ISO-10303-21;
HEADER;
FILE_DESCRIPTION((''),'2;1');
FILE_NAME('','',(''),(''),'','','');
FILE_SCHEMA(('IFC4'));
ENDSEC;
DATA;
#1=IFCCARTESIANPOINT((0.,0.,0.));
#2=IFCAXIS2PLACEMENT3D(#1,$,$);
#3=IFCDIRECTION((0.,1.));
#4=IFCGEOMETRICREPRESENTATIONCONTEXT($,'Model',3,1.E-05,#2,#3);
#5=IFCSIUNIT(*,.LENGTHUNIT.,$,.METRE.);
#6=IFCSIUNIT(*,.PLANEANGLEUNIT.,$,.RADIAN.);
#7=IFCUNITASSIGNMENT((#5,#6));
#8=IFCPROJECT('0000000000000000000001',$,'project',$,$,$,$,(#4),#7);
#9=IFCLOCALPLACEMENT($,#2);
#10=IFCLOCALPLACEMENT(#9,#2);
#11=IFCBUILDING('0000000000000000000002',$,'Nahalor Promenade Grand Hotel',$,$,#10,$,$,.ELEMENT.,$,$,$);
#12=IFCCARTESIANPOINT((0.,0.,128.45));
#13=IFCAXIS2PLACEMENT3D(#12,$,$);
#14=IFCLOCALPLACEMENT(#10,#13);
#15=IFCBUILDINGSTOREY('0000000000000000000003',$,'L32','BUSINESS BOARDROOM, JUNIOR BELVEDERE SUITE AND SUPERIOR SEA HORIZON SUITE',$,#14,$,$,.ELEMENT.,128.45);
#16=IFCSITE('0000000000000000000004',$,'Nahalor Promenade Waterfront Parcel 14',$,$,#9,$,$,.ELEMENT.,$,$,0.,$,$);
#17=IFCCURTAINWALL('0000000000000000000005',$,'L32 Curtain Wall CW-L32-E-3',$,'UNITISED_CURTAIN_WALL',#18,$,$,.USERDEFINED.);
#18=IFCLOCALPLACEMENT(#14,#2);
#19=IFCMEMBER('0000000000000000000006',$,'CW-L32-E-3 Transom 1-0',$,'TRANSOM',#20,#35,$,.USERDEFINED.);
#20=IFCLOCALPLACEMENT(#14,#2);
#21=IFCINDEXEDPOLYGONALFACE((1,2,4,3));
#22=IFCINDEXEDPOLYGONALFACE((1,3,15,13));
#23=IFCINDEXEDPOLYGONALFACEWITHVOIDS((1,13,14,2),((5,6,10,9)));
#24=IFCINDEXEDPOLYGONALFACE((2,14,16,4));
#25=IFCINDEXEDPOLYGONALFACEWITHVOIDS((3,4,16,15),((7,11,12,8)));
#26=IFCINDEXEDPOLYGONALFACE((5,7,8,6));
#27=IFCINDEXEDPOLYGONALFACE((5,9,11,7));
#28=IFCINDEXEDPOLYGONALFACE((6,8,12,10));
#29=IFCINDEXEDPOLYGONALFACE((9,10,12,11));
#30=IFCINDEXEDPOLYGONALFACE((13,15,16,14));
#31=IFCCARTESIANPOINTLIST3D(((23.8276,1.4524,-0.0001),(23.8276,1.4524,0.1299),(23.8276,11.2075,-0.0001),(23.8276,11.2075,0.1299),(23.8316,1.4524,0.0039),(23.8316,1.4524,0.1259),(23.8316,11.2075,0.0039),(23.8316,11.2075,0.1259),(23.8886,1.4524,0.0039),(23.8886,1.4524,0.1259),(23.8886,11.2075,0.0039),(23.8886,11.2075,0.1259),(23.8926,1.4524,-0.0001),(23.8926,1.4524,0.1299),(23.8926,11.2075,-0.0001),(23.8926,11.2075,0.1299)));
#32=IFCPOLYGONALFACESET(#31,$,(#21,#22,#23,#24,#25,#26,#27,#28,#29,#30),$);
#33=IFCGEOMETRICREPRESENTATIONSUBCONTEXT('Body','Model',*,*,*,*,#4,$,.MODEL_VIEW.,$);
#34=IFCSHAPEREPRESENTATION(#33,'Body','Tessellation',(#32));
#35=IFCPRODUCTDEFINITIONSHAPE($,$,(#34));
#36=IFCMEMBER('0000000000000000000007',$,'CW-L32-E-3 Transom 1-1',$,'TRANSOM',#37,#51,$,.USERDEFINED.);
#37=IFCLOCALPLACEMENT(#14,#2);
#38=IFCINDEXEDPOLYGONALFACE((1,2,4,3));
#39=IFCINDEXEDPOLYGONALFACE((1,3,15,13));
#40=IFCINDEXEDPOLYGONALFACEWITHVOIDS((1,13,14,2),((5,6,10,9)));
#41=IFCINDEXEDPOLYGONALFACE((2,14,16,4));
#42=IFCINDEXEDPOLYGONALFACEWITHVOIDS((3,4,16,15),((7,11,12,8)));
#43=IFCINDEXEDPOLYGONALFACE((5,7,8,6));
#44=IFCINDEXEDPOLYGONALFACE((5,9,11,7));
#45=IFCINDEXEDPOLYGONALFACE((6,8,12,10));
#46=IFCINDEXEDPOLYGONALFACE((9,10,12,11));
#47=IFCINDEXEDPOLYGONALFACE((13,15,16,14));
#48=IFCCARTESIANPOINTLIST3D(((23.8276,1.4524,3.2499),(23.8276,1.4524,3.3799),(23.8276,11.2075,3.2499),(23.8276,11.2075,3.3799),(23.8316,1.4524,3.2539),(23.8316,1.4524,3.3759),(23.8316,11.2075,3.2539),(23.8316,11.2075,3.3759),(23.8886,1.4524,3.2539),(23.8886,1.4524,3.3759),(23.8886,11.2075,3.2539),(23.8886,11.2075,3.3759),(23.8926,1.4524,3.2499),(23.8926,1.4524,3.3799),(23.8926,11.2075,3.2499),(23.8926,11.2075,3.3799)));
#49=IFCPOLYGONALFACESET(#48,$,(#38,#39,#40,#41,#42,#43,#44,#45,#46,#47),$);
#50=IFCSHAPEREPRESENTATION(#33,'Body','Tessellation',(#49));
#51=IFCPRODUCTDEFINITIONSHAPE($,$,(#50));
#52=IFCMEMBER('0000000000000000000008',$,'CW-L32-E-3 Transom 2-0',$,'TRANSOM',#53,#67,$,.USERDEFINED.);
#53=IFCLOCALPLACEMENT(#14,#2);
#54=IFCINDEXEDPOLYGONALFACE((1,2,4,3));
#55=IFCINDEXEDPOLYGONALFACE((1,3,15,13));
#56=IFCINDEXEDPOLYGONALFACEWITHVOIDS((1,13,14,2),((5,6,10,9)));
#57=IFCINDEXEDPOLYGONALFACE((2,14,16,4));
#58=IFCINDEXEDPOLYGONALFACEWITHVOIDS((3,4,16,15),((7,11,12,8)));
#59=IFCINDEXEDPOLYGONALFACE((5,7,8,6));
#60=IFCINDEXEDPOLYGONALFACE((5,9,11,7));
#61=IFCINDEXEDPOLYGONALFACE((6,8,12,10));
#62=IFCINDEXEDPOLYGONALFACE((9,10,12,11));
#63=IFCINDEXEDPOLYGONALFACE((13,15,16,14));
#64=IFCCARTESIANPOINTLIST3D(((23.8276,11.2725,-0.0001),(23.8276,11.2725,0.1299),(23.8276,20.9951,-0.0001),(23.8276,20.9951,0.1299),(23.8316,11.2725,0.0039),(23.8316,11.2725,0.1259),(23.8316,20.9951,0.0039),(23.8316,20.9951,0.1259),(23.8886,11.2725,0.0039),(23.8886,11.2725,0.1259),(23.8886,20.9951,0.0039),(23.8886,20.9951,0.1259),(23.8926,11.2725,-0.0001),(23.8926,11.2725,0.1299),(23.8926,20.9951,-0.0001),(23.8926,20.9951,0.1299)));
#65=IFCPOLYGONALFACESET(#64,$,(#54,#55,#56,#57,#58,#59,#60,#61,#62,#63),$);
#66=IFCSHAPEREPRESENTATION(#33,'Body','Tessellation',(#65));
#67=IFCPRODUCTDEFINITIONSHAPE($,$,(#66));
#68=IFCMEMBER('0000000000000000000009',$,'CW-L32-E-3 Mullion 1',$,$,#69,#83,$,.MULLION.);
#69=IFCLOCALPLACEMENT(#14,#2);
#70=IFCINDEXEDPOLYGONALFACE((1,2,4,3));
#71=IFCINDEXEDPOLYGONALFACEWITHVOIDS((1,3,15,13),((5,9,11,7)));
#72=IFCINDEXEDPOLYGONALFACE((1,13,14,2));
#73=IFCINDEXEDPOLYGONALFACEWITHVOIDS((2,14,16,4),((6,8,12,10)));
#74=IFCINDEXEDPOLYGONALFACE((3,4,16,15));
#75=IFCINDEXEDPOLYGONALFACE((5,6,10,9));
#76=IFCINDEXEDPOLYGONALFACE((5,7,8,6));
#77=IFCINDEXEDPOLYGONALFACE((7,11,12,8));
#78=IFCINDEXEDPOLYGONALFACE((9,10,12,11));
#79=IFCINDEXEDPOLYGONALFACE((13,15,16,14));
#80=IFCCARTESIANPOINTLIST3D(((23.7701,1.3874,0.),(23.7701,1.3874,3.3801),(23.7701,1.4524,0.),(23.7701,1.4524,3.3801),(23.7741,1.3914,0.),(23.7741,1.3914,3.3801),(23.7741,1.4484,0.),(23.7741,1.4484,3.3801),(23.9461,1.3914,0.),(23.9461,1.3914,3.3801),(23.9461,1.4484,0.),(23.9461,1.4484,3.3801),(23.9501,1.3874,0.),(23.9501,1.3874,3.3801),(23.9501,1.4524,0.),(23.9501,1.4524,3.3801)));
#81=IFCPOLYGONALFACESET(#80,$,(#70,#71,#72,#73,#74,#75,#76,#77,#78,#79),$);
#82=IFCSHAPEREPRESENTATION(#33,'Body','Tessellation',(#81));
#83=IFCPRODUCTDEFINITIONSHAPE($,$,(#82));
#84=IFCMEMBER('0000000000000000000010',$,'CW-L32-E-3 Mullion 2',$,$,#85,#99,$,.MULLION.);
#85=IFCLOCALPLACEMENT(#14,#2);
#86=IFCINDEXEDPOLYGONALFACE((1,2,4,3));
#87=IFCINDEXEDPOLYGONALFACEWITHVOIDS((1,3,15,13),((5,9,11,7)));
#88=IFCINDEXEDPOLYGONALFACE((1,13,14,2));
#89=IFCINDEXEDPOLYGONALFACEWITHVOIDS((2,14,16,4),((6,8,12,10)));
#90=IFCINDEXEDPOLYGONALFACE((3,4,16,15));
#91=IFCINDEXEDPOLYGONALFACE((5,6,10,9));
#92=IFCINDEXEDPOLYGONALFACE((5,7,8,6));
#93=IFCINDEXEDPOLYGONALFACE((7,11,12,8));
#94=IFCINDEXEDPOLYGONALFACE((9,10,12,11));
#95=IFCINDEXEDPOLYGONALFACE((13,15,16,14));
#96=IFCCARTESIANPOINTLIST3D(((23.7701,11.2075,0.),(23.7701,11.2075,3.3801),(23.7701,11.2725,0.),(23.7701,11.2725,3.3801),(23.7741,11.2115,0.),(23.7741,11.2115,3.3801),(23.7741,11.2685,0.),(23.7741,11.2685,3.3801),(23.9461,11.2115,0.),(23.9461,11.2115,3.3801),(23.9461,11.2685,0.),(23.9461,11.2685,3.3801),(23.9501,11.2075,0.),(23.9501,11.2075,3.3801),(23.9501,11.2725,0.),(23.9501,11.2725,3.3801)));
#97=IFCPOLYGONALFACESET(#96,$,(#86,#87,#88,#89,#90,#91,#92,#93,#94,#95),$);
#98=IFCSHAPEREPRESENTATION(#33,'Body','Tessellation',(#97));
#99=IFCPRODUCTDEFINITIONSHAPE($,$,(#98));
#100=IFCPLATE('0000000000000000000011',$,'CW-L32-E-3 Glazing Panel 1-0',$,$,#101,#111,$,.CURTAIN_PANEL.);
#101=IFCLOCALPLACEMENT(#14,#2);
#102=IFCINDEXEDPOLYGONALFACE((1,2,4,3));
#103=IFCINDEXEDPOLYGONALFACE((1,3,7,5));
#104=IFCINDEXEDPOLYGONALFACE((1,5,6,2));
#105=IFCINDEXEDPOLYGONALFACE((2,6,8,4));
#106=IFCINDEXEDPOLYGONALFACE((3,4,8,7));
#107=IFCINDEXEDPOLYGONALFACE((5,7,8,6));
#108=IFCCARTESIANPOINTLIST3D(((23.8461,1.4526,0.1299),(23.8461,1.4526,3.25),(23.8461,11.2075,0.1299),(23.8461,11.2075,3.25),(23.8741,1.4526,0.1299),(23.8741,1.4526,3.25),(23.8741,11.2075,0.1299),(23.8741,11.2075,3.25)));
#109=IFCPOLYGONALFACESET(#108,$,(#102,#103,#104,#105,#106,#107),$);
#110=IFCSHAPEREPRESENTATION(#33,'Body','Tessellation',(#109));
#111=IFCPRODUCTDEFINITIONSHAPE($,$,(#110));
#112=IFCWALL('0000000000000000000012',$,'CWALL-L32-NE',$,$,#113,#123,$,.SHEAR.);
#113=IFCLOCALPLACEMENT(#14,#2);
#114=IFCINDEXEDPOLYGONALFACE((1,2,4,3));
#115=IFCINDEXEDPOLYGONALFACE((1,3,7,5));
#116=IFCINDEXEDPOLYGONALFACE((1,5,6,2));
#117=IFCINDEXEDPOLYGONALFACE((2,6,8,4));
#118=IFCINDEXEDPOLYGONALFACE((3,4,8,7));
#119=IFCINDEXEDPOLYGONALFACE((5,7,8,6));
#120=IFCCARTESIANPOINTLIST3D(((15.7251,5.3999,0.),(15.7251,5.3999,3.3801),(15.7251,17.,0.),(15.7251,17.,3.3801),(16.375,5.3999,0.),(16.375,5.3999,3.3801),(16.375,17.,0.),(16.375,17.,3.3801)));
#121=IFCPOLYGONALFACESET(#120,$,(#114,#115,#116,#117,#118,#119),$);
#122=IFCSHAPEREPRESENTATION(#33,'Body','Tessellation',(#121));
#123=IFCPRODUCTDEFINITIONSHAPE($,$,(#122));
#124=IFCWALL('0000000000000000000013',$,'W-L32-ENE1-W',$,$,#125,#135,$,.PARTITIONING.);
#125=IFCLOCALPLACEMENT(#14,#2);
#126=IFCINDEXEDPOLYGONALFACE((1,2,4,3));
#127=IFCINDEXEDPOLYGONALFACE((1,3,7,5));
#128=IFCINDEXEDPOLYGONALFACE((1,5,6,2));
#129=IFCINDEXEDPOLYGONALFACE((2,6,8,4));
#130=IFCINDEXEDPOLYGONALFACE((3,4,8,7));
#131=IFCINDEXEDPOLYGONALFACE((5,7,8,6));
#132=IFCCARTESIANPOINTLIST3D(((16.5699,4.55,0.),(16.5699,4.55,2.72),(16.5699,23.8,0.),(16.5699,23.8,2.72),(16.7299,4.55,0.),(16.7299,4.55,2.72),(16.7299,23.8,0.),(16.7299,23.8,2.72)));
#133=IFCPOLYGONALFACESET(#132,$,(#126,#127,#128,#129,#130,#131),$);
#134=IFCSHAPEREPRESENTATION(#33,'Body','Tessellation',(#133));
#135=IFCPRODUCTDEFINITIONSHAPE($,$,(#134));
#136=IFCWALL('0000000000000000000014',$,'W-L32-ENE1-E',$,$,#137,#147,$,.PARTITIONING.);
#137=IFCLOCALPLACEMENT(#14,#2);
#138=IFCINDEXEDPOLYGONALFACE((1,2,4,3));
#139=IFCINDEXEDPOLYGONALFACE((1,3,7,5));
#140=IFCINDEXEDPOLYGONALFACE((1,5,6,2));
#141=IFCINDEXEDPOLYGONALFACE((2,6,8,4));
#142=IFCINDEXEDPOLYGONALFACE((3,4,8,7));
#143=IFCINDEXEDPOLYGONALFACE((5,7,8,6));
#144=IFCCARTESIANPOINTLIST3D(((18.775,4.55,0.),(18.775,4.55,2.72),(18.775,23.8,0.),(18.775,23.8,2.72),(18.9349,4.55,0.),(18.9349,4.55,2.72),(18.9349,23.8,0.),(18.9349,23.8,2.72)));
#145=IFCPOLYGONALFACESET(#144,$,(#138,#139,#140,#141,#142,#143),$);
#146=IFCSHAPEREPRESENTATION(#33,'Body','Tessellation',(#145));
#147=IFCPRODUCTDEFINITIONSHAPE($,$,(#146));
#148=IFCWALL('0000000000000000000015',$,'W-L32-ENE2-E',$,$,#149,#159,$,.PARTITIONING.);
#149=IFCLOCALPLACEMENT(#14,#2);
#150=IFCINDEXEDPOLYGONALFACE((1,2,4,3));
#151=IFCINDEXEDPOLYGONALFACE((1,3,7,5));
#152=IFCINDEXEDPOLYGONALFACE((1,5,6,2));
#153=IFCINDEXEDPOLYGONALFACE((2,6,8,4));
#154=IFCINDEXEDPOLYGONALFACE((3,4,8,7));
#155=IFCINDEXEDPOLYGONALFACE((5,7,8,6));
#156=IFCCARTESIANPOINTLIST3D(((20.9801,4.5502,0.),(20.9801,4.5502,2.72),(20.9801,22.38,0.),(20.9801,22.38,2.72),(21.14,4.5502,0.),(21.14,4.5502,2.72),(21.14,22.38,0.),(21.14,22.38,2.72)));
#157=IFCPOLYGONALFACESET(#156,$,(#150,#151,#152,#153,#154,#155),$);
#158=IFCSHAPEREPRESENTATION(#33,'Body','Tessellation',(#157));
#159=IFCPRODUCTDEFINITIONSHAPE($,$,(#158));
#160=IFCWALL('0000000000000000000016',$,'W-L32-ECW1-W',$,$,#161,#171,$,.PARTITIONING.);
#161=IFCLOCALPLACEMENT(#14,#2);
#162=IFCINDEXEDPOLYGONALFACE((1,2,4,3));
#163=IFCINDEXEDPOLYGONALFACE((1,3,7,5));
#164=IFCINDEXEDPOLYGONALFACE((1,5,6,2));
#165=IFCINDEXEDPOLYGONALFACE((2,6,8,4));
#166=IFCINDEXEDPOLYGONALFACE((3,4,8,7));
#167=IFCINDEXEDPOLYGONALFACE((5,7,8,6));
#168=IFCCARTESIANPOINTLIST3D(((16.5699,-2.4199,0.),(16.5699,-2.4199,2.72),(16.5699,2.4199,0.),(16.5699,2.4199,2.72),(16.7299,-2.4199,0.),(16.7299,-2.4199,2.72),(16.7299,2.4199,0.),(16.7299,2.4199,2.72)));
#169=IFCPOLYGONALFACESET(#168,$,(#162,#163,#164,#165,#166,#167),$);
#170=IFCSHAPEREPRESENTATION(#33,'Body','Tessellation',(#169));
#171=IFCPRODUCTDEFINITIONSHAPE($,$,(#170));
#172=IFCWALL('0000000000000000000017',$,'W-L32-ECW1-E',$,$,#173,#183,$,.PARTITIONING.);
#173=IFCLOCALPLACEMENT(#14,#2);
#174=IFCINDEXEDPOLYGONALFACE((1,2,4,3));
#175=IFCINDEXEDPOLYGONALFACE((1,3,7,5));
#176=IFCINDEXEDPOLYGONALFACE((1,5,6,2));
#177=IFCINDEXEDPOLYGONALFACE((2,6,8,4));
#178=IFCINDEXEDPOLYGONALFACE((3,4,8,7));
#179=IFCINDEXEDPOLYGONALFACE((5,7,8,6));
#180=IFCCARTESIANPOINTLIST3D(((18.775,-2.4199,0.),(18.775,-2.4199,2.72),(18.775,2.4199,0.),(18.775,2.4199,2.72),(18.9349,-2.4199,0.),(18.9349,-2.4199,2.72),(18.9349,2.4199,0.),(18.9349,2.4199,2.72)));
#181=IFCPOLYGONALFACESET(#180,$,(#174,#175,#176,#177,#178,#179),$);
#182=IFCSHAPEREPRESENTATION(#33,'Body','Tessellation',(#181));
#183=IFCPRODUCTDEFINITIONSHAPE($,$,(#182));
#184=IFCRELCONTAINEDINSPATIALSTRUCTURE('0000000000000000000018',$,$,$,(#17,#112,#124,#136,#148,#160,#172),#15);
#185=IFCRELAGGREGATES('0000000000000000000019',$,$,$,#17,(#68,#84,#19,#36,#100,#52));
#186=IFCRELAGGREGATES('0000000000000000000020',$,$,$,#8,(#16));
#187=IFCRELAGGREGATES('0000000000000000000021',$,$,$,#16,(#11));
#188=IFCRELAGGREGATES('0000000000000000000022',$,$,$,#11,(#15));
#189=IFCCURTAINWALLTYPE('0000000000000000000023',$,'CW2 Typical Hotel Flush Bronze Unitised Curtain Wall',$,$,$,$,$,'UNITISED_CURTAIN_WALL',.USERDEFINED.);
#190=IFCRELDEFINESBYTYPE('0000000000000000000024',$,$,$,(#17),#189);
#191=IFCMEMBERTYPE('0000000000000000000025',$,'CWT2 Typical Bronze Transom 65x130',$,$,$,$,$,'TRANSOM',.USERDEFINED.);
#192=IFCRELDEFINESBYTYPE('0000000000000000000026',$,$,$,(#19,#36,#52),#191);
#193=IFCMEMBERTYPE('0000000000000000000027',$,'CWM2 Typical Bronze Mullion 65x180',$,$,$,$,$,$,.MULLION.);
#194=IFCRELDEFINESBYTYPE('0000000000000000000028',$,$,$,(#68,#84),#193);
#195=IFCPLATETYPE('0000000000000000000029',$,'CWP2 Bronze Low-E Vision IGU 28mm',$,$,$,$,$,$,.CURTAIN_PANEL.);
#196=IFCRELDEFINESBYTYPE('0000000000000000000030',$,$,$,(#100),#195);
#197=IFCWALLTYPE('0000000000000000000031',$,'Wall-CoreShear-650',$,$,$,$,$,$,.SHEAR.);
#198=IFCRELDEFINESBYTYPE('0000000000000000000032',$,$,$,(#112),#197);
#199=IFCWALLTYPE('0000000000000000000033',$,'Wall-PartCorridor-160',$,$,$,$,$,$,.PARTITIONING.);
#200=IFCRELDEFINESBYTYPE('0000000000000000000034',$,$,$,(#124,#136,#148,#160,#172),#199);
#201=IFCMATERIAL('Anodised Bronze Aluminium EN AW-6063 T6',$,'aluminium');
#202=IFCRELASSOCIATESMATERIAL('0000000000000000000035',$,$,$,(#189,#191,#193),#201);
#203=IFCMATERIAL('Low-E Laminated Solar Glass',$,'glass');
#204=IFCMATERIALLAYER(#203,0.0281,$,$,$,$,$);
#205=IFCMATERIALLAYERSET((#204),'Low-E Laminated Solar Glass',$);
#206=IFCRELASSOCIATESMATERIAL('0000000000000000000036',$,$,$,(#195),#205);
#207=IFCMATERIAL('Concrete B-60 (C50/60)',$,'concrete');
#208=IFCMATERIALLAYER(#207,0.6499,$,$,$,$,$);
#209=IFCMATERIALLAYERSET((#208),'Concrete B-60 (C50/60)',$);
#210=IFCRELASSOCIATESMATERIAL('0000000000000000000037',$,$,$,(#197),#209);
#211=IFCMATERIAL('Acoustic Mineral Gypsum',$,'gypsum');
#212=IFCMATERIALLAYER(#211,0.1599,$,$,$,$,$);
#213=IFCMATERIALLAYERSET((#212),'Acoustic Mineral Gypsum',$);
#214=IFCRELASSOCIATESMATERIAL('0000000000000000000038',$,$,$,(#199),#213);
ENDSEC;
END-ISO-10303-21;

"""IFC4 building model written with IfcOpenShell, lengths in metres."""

from ifc_helpers import new_model, si_unit, direction, frame, frame_2d, origin, origin_2d, place, context, subcontext, project, spatial, rectangle, hollow_rectangle, extrude, source, transform, mapped, material, layer, layer_set, material_profile, profile_set, type_object, element, aggregate, save


model = new_model("IFC4")

# Units and contexts
model_context = context("Model", 3, precision=1e-05, world=origin(), true_north=direction((0.0, 1.0)))
body_context = subcontext(model_context, "Body", "Model", "MODEL_VIEW")
ifc_project = project(units=[si_unit("LENGTHUNIT", "METRE"), si_unit("PLANEANGLEUNIT", "RADIAN")], contexts=[model_context])

# Site, building, storey
site_placement = place(None, origin())
site = spatial("IfcSite", under=ifc_project, at=site_placement, Name="Nahalor Promenade Waterfront Parcel 14", CompositionType="ELEMENT", RefElevation=0.0)
building_placement = place(site_placement, origin())
building = spatial("IfcBuilding", under=site, at=building_placement, Name="Nahalor Promenade Grand Hotel", CompositionType="ELEMENT")
storey_placement = place(building_placement, frame((0.0, 0.0, 128.45)))
storey = spatial("IfcBuildingStorey", under=building, at=storey_placement, Name="L32", Description="BUSINESS BOARDROOM, JUNIOR BELVEDERE SUITE AND SUPERIOR SEA HORIZON SUITE", CompositionType="ELEMENT", Elevation=128.45)

# Curtain wall, members, plate
ifc_material_1 = material(Name="Anodised Bronze Aluminium EN AW-6063 T6", Category="aluminium")
curtain_wall_type = type_object("IfcCurtainWallType", Name="CW2 Typical Hotel Flush Bronze Unitised Curtain Wall", ElementType="UNITISED_CURTAIN_WALL", PredefinedType="USERDEFINED", material=ifc_material_1)
curtain_wall_placement = place(storey_placement, origin())
curtain_wall = element("IfcCurtainWall", 1, at=curtain_wall_placement, inside=storey, type_object=curtain_wall_type, Name="L32 Curtain Wall CW-L32-E-3", ObjectType="UNITISED_CURTAIN_WALL", PredefinedType="USERDEFINED")
ifc_material_profile_1 = material_profile(ifc_material_1, hollow_rectangle(XDim=0.065, YDim=0.13, WallThickness=0.004, at=origin_2d()), Name="CWT 65x130x4")
ifc_profile_set_1 = profile_set([ifc_material_profile_1], Name="Anodised Bronze Aluminium EN AW-6063 T6")
member_type_1 = type_object("IfcMemberType", Name="CWT2 Typical Bronze Transom 65x130", ElementType="TRANSOM", PredefinedType="USERDEFINED", material=ifc_profile_set_1)
shared_shape_1 = source(origin(), body_context, "Body", "SweptSolid", [
    extrude(hollow_rectangle(XDim=0.065, YDim=0.13, WallThickness=0.004, at=origin_2d()), origin(), (0.0, 0.0, 1.0), 9.7551),
])
member_1_placement = place(storey_placement, frame((23.8601, 1.4524, 0.0649), z_axis=(0.0, 1.0, 0.0), x_axis=(-1.0, 0.0, 0.0)))
member_1 = element("IfcMember", 2, at=member_1_placement, type_object=member_type_1, Name="CW-L32-E-3 Transom 1-0", ObjectType="TRANSOM", PredefinedType="USERDEFINED", context=body_context, shape_type="MappedRepresentation", body=[
    mapped(shared_shape_1, transform((0.0, 0.0, 0.0), scale=1.0)),
])
member_2_placement = place(storey_placement, frame((23.8601, 1.4524, 3.3149), z_axis=(0.0, 1.0, 0.0), x_axis=(-1.0, 0.0, 0.0)))
member_2 = element("IfcMember", 3, at=member_2_placement, type_object=member_type_1, Name="CW-L32-E-3 Transom 1-1", ObjectType="TRANSOM", PredefinedType="USERDEFINED", context=body_context, shape_type="MappedRepresentation", body=[
    mapped(shared_shape_1, transform((0.0, 0.0, 0.0), scale=1.0)),
])
shared_shape_2 = source(origin(), body_context, "Body", "SweptSolid", [
    extrude(hollow_rectangle(XDim=0.065, YDim=0.13, WallThickness=0.004, at=origin_2d()), origin(), (0.0, 0.0, 1.0), 9.7227),
])
member_3_placement = place(storey_placement, frame((23.8601, 11.2725, 0.0649), z_axis=(0.0, 1.0, 0.0), x_axis=(-1.0, 0.0, 0.0)))
member_3 = element("IfcMember", 4, at=member_3_placement, type_object=member_type_1, Name="CW-L32-E-3 Transom 2-0", ObjectType="TRANSOM", PredefinedType="USERDEFINED", context=body_context, shape_type="MappedRepresentation", body=[
    mapped(shared_shape_2, transform((0.0, 0.0, 0.0), scale=1.0)),
])
ifc_material_profile_2 = material_profile(ifc_material_1, hollow_rectangle(XDim=0.065, YDim=0.18, WallThickness=0.004, at=origin_2d()), Name="CWM 65x180x4")
ifc_profile_set_2 = profile_set([ifc_material_profile_2], Name="Anodised Bronze Aluminium EN AW-6063 T6")
member_type_2 = type_object("IfcMemberType", Name="CWM2 Typical Bronze Mullion 65x180", PredefinedType="MULLION", material=ifc_profile_set_2)
shared_shape_3 = source(origin(), body_context, "Body", "SweptSolid", [
    extrude(hollow_rectangle(XDim=0.065, YDim=0.18, WallThickness=0.004, at=origin_2d()), origin(), (0.0, 0.0, 1.0), 3.3801),
])
member_4_placement = place(storey_placement, frame((23.8601, 1.4199, 0.0), z_axis=(0.0, 0.0, 1.0), x_axis=(0.0, 1.0, 0.0)))
member_4 = element("IfcMember", 5, at=member_4_placement, type_object=member_type_2, Name="CW-L32-E-3 Mullion 1", PredefinedType="MULLION", context=body_context, shape_type="MappedRepresentation", body=[
    mapped(shared_shape_3, transform((0.0, 0.0, 0.0), scale=1.0)),
])
member_5_placement = place(storey_placement, frame((23.8601, 11.24, 0.0), z_axis=(0.0, 0.0, 1.0), x_axis=(0.0, 1.0, 0.0)))
member_5 = element("IfcMember", 6, at=member_5_placement, type_object=member_type_2, Name="CW-L32-E-3 Mullion 2", PredefinedType="MULLION", context=body_context, shape_type="MappedRepresentation", body=[
    mapped(shared_shape_3, transform((0.0, 0.0, 0.0), scale=1.0)),
])
ifc_material_2 = material(Name="Low-E Laminated Solar Glass", Category="glass")
ifc_layer_1 = layer(ifc_material_2, 0.0281)
ifc_layer_set_1 = layer_set([ifc_layer_1], Name="Low-E Laminated Solar Glass")
plate_type = type_object("IfcPlateType", Name="CWP2 Bronze Low-E Vision IGU 28mm", PredefinedType="CURTAIN_PANEL", material=ifc_layer_set_1)
shared_shape_4 = source(origin(), body_context, "Body", "SweptSolid", [
    extrude(rectangle(XDim=9.7549, YDim=0.0281, at=origin_2d()), origin(), (0.0, 0.0, 1.0), 3.1201),
])
plate_placement = place(storey_placement, frame((23.8601, 6.3301, 0.1299), z_axis=(0.0, 0.0, 1.0), x_axis=(0.0, 1.0, 0.0)))
plate = element("IfcPlate", 7, at=plate_placement, type_object=plate_type, Name="CW-L32-E-3 Glazing Panel 1-0", PredefinedType="CURTAIN_PANEL", context=body_context, shape_type="MappedRepresentation", body=[
    mapped(shared_shape_4, transform((0.0, 0.0, 0.0), scale=1.0)),
])
aggregate(curtain_wall, [member_4, member_5, member_1, member_2, plate, member_3])

# Walls
ifc_material_3 = material(Name="Concrete B-60 (C50/60)", Category="concrete")
ifc_layer_2 = layer(ifc_material_3, 0.6499)
ifc_layer_set_2 = layer_set([ifc_layer_2], Name="Concrete B-60 (C50/60)")
wall_type_1 = type_object("IfcWallType", Name="Wall-CoreShear-650", PredefinedType="SHEAR", material=ifc_layer_set_2)
shared_shape_5 = source(origin(), body_context, "Body", "SweptSolid", [
    extrude(rectangle(XDim=11.6001, YDim=0.6499, at=frame_2d((5.8, 0.0))), origin(), (0.0, 0.0, 1.0), 3.3801),
])
wall_1_placement = place(storey_placement, frame((16.05, 5.3999, 0.0), z_axis=(0.0, 0.0, 1.0), x_axis=(0.0, 1.0, 0.0)))
element("IfcWall", 8, at=wall_1_placement, inside=storey, type_object=wall_type_1, Name="CWALL-L32-NE", PredefinedType="SHEAR", context=body_context, shape_type="MappedRepresentation", body=[
    mapped(shared_shape_5, transform((0.0, 0.0, 0.0), scale=1.0)),
])
ifc_material_4 = material(Name="Acoustic Mineral Gypsum", Category="gypsum")
ifc_layer_3 = layer(ifc_material_4, 0.1599)
ifc_layer_set_3 = layer_set([ifc_layer_3], Name="Acoustic Mineral Gypsum")
wall_type_2 = type_object("IfcWallType", Name="Wall-PartCorridor-160", PredefinedType="PARTITIONING", material=ifc_layer_set_3)
shared_shape_6 = source(origin(), body_context, "Body", "SweptSolid", [
    extrude(rectangle(XDim=19.25, YDim=0.1599, at=frame_2d((9.625, 0.0))), origin(), (0.0, 0.0, 1.0), 2.72),
])
for number, where, z_axis, x_axis, name in (
    (9, (16.6499, 4.55, 0.0), (0.0, 0.0, 1.0), (0.0, 1.0, 0.0), "W-L32-ENE1-W"),
    (10, (18.855, 4.55, 0.0), (0.0, 0.0, 1.0), (0.0, 1.0, 0.0), "W-L32-ENE1-E"),
):
    element("IfcWall", number, at=place(storey_placement, frame(where, z_axis=z_axis, x_axis=x_axis)), inside=storey, type_object=wall_type_2, Name=name, PredefinedType="PARTITIONING", context=body_context, shape_type="MappedRepresentation", body=[
        mapped(shared_shape_6, transform((0.0, 0.0, 0.0), scale=1.0)),
    ])
shared_shape_7 = source(origin(), body_context, "Body", "SweptSolid", [
    extrude(rectangle(XDim=17.8298, YDim=0.1599, at=frame_2d((8.915, 0.0))), origin(), (0.0, 0.0, 1.0), 2.72),
])
wall_2_placement = place(storey_placement, frame((21.0601, 4.55, 0.0), z_axis=(0.0, 0.0, 1.0), x_axis=(0.0, 1.0, 0.0)))
element("IfcWall", 11, at=wall_2_placement, inside=storey, type_object=wall_type_2, Name="W-L32-ENE2-E", PredefinedType="PARTITIONING", context=body_context, shape_type="MappedRepresentation", body=[
    mapped(shared_shape_7, transform((0.0, 0.0, 0.0), scale=1.0)),
])
shared_shape_8 = source(origin(), body_context, "Body", "SweptSolid", [
    extrude(rectangle(XDim=4.8398, YDim=0.1599, at=frame_2d((2.4199, 0.0))), origin(), (0.0, 0.0, 1.0), 2.72),
])
for number, where, z_axis, x_axis, name in (
    (12, (16.6499, -2.4199, 0.0), (0.0, 0.0, 1.0), (0.0, 1.0, 0.0), "W-L32-ECW1-W"),
    (13, (18.855, -2.4199, 0.0), (0.0, 0.0, 1.0), (0.0, 1.0, 0.0), "W-L32-ECW1-E"),
):
    element("IfcWall", number, at=place(storey_placement, frame(where, z_axis=z_axis, x_axis=x_axis)), inside=storey, type_object=wall_type_2, Name=name, PredefinedType="PARTITIONING", context=body_context, shape_type="MappedRepresentation", body=[
        mapped(shared_shape_8, transform((0.0, 0.0, 0.0), scale=1.0)),
    ])

save(model, "model.ifc")
